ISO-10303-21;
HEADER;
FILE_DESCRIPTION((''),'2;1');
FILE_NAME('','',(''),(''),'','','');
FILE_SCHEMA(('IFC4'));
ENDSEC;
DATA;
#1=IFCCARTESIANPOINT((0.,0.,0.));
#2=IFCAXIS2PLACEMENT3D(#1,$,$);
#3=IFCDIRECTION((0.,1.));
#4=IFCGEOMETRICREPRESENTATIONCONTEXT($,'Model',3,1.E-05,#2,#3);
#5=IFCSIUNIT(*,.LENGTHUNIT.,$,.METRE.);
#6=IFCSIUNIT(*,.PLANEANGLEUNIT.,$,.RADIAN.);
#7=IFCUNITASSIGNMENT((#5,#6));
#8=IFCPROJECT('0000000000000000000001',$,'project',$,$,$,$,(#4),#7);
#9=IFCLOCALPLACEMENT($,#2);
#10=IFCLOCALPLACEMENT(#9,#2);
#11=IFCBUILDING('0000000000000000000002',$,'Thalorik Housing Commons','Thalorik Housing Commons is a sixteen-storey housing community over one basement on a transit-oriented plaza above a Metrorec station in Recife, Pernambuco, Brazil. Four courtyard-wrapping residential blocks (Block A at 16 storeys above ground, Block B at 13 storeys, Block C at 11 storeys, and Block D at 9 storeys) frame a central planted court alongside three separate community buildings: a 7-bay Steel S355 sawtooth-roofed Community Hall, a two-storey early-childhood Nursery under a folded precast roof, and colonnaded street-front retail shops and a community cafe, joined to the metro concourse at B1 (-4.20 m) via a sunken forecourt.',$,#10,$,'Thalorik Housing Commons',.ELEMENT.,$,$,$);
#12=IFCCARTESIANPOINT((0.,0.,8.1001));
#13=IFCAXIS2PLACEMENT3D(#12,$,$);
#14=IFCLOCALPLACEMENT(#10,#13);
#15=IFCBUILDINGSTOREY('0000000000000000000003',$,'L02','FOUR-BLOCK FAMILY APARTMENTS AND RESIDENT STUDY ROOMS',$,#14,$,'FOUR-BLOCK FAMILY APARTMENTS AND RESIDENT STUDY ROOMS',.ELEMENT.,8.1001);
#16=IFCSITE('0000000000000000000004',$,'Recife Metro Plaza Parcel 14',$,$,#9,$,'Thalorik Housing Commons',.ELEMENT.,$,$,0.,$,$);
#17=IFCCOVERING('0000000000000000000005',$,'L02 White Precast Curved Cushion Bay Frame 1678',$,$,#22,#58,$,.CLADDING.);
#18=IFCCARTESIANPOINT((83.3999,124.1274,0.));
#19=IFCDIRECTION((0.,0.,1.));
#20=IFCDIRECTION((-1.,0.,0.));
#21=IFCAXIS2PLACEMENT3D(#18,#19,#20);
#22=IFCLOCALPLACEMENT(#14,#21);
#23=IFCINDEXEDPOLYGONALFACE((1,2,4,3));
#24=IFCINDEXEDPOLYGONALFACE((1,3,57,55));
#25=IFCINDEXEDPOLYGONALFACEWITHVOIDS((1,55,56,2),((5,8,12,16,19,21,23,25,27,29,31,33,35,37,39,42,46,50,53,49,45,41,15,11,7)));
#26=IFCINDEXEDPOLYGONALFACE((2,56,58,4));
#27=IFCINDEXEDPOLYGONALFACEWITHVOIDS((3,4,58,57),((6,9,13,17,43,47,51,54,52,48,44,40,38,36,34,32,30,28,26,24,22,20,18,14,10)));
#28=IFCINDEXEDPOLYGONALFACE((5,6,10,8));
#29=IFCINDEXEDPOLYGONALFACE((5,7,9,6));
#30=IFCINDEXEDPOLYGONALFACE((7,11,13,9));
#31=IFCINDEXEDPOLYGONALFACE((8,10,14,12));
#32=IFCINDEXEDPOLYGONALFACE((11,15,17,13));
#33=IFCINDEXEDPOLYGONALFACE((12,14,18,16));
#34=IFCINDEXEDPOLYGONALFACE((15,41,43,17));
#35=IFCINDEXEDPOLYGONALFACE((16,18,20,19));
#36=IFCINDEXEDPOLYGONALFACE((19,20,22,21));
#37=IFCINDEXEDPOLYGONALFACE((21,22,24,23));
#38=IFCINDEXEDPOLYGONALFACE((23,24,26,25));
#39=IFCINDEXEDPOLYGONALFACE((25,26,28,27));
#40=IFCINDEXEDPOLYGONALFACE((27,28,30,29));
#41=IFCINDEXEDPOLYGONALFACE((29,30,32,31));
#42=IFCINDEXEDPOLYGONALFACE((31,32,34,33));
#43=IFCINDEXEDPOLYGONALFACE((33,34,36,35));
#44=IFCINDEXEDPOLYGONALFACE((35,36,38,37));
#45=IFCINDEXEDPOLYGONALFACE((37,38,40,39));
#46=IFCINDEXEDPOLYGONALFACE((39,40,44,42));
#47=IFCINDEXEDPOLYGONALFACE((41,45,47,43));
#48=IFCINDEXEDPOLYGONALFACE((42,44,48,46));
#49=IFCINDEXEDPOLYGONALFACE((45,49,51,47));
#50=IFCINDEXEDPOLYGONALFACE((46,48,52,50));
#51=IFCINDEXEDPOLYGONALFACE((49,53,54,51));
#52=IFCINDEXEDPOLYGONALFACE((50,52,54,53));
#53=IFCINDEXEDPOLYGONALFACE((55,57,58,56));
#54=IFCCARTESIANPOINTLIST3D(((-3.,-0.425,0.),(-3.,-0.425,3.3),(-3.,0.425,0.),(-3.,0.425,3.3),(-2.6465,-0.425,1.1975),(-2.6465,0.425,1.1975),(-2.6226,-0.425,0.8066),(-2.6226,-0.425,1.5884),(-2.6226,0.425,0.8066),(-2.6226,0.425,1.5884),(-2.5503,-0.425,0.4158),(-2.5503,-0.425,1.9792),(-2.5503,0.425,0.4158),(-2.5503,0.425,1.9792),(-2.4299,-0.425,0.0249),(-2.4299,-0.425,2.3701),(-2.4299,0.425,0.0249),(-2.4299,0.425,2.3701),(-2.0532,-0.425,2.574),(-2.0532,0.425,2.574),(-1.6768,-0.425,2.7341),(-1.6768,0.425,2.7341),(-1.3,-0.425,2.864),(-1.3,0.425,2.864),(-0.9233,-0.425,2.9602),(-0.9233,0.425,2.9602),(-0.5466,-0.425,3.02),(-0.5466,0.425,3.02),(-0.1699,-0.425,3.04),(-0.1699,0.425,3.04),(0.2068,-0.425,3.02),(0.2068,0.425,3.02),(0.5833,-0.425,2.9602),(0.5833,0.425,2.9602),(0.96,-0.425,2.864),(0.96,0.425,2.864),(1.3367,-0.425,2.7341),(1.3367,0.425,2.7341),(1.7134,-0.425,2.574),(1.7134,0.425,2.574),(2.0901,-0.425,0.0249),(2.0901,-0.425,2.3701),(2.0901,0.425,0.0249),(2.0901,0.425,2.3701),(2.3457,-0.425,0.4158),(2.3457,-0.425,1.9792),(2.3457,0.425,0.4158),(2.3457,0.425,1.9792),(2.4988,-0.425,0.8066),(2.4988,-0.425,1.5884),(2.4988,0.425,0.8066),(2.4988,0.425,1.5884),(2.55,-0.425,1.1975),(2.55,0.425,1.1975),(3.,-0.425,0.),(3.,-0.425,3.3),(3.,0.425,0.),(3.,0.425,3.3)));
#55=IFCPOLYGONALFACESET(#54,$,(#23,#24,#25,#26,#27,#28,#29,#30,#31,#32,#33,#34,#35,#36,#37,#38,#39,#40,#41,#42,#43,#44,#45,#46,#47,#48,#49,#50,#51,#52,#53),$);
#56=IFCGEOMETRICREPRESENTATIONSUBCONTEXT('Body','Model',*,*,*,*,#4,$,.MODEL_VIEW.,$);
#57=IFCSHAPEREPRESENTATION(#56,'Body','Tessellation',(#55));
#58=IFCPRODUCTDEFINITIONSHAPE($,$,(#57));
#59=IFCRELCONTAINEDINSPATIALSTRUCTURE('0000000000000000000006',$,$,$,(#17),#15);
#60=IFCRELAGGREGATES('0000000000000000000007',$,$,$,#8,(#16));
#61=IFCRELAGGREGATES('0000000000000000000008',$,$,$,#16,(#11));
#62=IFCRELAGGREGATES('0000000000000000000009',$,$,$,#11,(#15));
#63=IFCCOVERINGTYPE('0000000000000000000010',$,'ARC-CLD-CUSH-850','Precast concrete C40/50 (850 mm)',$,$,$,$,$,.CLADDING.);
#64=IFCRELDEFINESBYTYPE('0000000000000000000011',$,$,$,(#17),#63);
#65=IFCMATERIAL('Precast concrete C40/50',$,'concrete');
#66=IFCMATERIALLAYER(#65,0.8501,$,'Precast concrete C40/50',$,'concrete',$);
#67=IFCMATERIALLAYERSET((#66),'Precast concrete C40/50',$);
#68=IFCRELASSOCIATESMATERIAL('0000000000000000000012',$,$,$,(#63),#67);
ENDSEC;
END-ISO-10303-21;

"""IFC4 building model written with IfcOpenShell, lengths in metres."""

from ifc_helpers import new_model, si_unit, direction, frame, origin, place, context, subcontext, project, spatial, polyline, outline, extrude, material, layer, layer_set, type_object, element, save


model = new_model("IFC4")

# Units and contexts
model_context = context("Model", 3, precision=1e-05, world=origin(), true_north=direction((0.0, 1.0)))
body_context = subcontext(model_context, "Body", "Model", "MODEL_VIEW")
ifc_project = project(units=[si_unit("LENGTHUNIT", "METRE"), si_unit("PLANEANGLEUNIT", "RADIAN")], contexts=[model_context])

# Site, building, storey
site_placement = place(None, origin())
site = spatial("IfcSite", under=ifc_project, at=site_placement, Name="Recife Metro Plaza Parcel 14", LongName="Thalorik Housing Commons", CompositionType="ELEMENT", RefElevation=0.0)
building_placement = place(site_placement, origin())
building = spatial("IfcBuilding", under=site, at=building_placement, Name="Thalorik Housing Commons", Description="Thalorik Housing Commons is a sixteen-storey housing community over one basement on a transit-oriented plaza above a Metrorec station in Recife, Pernambuco, Brazil. Four courtyard-wrapping residential blocks (Block A at 16 storeys above ground, Block B at 13 storeys, Block C at 11 storeys, and Block D at 9 storeys) frame a central planted court alongside three separate community buildings: a 7-bay Steel S355 sawtooth-roofed Community Hall, a two-storey early-childhood Nursery under a folded precast roof, and colonnaded street-front retail shops and a community cafe, joined to the metro concourse at B1 (-4.20 m) via a sunken forecourt.", LongName="Thalorik Housing Commons", CompositionType="ELEMENT")
storey_placement = place(building_placement, frame((0.0, 0.0, 8.1001)))
storey = spatial("IfcBuildingStorey", under=building, at=storey_placement, Name="L02", Description="FOUR-BLOCK FAMILY APARTMENTS AND RESIDENT STUDY ROOMS", LongName="FOUR-BLOCK FAMILY APARTMENTS AND RESIDENT STUDY ROOMS", CompositionType="ELEMENT", Elevation=8.1001)

# Shared definitions
ifc_material_1 = material(Name="Precast concrete C40/50", Category="concrete")

# Covering
ifc_layer_1 = layer(ifc_material_1, 0.8501, Name="Precast concrete C40/50", Category="concrete")
ifc_layer_set_1 = layer_set([ifc_layer_1], Name="Precast concrete C40/50")
covering_type_1 = type_object("IfcCoveringType", Name="ARC-CLD-CUSH-850", Description="Precast concrete C40/50 (850 mm)", PredefinedType="CLADDING", material=ifc_layer_set_1)
covering_1_placement = place(storey_placement, frame((83.3999, 124.1274, 0.0), z_axis=(0.0, 0.0, 1.0), x_axis=(-1.0, 0.0, 0.0)))
element("IfcCovering", 1, at=covering_1_placement, inside=storey, type_object=covering_type_1, Name="L02 White Precast Curved Cushion Bay Frame 1678", PredefinedType="CLADDING", context=body_context, shape_type="SweptSolid", body=[
    extrude(outline(polyline([(-3.0, 0.0), (3.0, 0.0), (3.0, 3.3), (-3.0, 3.3), (-3.0, 0.0)]), holes=[polyline([(2.0901, 0.0249), (2.3457, 0.4158), (2.4988, 0.8066), (2.55, 1.1975), (2.4988, 1.5884), (2.3457, 1.9792), (2.0901, 2.3701), (1.7134, 2.574), (1.3367, 2.7341), (0.96, 2.864), (0.5833, 2.9602), (0.2068, 3.02), (-0.1699, 3.04), (-0.5466, 3.02), (-0.9233, 2.9602), (-1.3, 2.864), (-1.6768, 2.7341), (-2.0532, 2.574), (-2.4299, 2.3701), (-2.5503, 1.9792), (-2.6226, 1.5884), (-2.6465, 1.1975), (-2.6226, 0.8066), (-2.5503, 0.4158), (-2.4299, 0.0249), (2.0901, 0.0249)])]), frame((0.0, 0.425, 0.0), z_axis=(0.0, -1.0, 0.0), x_axis=(1.0, 0.0, 0.0)), (0.0, 0.0, 1.0), 0.8501),
])

save(model, "model.ifc")
